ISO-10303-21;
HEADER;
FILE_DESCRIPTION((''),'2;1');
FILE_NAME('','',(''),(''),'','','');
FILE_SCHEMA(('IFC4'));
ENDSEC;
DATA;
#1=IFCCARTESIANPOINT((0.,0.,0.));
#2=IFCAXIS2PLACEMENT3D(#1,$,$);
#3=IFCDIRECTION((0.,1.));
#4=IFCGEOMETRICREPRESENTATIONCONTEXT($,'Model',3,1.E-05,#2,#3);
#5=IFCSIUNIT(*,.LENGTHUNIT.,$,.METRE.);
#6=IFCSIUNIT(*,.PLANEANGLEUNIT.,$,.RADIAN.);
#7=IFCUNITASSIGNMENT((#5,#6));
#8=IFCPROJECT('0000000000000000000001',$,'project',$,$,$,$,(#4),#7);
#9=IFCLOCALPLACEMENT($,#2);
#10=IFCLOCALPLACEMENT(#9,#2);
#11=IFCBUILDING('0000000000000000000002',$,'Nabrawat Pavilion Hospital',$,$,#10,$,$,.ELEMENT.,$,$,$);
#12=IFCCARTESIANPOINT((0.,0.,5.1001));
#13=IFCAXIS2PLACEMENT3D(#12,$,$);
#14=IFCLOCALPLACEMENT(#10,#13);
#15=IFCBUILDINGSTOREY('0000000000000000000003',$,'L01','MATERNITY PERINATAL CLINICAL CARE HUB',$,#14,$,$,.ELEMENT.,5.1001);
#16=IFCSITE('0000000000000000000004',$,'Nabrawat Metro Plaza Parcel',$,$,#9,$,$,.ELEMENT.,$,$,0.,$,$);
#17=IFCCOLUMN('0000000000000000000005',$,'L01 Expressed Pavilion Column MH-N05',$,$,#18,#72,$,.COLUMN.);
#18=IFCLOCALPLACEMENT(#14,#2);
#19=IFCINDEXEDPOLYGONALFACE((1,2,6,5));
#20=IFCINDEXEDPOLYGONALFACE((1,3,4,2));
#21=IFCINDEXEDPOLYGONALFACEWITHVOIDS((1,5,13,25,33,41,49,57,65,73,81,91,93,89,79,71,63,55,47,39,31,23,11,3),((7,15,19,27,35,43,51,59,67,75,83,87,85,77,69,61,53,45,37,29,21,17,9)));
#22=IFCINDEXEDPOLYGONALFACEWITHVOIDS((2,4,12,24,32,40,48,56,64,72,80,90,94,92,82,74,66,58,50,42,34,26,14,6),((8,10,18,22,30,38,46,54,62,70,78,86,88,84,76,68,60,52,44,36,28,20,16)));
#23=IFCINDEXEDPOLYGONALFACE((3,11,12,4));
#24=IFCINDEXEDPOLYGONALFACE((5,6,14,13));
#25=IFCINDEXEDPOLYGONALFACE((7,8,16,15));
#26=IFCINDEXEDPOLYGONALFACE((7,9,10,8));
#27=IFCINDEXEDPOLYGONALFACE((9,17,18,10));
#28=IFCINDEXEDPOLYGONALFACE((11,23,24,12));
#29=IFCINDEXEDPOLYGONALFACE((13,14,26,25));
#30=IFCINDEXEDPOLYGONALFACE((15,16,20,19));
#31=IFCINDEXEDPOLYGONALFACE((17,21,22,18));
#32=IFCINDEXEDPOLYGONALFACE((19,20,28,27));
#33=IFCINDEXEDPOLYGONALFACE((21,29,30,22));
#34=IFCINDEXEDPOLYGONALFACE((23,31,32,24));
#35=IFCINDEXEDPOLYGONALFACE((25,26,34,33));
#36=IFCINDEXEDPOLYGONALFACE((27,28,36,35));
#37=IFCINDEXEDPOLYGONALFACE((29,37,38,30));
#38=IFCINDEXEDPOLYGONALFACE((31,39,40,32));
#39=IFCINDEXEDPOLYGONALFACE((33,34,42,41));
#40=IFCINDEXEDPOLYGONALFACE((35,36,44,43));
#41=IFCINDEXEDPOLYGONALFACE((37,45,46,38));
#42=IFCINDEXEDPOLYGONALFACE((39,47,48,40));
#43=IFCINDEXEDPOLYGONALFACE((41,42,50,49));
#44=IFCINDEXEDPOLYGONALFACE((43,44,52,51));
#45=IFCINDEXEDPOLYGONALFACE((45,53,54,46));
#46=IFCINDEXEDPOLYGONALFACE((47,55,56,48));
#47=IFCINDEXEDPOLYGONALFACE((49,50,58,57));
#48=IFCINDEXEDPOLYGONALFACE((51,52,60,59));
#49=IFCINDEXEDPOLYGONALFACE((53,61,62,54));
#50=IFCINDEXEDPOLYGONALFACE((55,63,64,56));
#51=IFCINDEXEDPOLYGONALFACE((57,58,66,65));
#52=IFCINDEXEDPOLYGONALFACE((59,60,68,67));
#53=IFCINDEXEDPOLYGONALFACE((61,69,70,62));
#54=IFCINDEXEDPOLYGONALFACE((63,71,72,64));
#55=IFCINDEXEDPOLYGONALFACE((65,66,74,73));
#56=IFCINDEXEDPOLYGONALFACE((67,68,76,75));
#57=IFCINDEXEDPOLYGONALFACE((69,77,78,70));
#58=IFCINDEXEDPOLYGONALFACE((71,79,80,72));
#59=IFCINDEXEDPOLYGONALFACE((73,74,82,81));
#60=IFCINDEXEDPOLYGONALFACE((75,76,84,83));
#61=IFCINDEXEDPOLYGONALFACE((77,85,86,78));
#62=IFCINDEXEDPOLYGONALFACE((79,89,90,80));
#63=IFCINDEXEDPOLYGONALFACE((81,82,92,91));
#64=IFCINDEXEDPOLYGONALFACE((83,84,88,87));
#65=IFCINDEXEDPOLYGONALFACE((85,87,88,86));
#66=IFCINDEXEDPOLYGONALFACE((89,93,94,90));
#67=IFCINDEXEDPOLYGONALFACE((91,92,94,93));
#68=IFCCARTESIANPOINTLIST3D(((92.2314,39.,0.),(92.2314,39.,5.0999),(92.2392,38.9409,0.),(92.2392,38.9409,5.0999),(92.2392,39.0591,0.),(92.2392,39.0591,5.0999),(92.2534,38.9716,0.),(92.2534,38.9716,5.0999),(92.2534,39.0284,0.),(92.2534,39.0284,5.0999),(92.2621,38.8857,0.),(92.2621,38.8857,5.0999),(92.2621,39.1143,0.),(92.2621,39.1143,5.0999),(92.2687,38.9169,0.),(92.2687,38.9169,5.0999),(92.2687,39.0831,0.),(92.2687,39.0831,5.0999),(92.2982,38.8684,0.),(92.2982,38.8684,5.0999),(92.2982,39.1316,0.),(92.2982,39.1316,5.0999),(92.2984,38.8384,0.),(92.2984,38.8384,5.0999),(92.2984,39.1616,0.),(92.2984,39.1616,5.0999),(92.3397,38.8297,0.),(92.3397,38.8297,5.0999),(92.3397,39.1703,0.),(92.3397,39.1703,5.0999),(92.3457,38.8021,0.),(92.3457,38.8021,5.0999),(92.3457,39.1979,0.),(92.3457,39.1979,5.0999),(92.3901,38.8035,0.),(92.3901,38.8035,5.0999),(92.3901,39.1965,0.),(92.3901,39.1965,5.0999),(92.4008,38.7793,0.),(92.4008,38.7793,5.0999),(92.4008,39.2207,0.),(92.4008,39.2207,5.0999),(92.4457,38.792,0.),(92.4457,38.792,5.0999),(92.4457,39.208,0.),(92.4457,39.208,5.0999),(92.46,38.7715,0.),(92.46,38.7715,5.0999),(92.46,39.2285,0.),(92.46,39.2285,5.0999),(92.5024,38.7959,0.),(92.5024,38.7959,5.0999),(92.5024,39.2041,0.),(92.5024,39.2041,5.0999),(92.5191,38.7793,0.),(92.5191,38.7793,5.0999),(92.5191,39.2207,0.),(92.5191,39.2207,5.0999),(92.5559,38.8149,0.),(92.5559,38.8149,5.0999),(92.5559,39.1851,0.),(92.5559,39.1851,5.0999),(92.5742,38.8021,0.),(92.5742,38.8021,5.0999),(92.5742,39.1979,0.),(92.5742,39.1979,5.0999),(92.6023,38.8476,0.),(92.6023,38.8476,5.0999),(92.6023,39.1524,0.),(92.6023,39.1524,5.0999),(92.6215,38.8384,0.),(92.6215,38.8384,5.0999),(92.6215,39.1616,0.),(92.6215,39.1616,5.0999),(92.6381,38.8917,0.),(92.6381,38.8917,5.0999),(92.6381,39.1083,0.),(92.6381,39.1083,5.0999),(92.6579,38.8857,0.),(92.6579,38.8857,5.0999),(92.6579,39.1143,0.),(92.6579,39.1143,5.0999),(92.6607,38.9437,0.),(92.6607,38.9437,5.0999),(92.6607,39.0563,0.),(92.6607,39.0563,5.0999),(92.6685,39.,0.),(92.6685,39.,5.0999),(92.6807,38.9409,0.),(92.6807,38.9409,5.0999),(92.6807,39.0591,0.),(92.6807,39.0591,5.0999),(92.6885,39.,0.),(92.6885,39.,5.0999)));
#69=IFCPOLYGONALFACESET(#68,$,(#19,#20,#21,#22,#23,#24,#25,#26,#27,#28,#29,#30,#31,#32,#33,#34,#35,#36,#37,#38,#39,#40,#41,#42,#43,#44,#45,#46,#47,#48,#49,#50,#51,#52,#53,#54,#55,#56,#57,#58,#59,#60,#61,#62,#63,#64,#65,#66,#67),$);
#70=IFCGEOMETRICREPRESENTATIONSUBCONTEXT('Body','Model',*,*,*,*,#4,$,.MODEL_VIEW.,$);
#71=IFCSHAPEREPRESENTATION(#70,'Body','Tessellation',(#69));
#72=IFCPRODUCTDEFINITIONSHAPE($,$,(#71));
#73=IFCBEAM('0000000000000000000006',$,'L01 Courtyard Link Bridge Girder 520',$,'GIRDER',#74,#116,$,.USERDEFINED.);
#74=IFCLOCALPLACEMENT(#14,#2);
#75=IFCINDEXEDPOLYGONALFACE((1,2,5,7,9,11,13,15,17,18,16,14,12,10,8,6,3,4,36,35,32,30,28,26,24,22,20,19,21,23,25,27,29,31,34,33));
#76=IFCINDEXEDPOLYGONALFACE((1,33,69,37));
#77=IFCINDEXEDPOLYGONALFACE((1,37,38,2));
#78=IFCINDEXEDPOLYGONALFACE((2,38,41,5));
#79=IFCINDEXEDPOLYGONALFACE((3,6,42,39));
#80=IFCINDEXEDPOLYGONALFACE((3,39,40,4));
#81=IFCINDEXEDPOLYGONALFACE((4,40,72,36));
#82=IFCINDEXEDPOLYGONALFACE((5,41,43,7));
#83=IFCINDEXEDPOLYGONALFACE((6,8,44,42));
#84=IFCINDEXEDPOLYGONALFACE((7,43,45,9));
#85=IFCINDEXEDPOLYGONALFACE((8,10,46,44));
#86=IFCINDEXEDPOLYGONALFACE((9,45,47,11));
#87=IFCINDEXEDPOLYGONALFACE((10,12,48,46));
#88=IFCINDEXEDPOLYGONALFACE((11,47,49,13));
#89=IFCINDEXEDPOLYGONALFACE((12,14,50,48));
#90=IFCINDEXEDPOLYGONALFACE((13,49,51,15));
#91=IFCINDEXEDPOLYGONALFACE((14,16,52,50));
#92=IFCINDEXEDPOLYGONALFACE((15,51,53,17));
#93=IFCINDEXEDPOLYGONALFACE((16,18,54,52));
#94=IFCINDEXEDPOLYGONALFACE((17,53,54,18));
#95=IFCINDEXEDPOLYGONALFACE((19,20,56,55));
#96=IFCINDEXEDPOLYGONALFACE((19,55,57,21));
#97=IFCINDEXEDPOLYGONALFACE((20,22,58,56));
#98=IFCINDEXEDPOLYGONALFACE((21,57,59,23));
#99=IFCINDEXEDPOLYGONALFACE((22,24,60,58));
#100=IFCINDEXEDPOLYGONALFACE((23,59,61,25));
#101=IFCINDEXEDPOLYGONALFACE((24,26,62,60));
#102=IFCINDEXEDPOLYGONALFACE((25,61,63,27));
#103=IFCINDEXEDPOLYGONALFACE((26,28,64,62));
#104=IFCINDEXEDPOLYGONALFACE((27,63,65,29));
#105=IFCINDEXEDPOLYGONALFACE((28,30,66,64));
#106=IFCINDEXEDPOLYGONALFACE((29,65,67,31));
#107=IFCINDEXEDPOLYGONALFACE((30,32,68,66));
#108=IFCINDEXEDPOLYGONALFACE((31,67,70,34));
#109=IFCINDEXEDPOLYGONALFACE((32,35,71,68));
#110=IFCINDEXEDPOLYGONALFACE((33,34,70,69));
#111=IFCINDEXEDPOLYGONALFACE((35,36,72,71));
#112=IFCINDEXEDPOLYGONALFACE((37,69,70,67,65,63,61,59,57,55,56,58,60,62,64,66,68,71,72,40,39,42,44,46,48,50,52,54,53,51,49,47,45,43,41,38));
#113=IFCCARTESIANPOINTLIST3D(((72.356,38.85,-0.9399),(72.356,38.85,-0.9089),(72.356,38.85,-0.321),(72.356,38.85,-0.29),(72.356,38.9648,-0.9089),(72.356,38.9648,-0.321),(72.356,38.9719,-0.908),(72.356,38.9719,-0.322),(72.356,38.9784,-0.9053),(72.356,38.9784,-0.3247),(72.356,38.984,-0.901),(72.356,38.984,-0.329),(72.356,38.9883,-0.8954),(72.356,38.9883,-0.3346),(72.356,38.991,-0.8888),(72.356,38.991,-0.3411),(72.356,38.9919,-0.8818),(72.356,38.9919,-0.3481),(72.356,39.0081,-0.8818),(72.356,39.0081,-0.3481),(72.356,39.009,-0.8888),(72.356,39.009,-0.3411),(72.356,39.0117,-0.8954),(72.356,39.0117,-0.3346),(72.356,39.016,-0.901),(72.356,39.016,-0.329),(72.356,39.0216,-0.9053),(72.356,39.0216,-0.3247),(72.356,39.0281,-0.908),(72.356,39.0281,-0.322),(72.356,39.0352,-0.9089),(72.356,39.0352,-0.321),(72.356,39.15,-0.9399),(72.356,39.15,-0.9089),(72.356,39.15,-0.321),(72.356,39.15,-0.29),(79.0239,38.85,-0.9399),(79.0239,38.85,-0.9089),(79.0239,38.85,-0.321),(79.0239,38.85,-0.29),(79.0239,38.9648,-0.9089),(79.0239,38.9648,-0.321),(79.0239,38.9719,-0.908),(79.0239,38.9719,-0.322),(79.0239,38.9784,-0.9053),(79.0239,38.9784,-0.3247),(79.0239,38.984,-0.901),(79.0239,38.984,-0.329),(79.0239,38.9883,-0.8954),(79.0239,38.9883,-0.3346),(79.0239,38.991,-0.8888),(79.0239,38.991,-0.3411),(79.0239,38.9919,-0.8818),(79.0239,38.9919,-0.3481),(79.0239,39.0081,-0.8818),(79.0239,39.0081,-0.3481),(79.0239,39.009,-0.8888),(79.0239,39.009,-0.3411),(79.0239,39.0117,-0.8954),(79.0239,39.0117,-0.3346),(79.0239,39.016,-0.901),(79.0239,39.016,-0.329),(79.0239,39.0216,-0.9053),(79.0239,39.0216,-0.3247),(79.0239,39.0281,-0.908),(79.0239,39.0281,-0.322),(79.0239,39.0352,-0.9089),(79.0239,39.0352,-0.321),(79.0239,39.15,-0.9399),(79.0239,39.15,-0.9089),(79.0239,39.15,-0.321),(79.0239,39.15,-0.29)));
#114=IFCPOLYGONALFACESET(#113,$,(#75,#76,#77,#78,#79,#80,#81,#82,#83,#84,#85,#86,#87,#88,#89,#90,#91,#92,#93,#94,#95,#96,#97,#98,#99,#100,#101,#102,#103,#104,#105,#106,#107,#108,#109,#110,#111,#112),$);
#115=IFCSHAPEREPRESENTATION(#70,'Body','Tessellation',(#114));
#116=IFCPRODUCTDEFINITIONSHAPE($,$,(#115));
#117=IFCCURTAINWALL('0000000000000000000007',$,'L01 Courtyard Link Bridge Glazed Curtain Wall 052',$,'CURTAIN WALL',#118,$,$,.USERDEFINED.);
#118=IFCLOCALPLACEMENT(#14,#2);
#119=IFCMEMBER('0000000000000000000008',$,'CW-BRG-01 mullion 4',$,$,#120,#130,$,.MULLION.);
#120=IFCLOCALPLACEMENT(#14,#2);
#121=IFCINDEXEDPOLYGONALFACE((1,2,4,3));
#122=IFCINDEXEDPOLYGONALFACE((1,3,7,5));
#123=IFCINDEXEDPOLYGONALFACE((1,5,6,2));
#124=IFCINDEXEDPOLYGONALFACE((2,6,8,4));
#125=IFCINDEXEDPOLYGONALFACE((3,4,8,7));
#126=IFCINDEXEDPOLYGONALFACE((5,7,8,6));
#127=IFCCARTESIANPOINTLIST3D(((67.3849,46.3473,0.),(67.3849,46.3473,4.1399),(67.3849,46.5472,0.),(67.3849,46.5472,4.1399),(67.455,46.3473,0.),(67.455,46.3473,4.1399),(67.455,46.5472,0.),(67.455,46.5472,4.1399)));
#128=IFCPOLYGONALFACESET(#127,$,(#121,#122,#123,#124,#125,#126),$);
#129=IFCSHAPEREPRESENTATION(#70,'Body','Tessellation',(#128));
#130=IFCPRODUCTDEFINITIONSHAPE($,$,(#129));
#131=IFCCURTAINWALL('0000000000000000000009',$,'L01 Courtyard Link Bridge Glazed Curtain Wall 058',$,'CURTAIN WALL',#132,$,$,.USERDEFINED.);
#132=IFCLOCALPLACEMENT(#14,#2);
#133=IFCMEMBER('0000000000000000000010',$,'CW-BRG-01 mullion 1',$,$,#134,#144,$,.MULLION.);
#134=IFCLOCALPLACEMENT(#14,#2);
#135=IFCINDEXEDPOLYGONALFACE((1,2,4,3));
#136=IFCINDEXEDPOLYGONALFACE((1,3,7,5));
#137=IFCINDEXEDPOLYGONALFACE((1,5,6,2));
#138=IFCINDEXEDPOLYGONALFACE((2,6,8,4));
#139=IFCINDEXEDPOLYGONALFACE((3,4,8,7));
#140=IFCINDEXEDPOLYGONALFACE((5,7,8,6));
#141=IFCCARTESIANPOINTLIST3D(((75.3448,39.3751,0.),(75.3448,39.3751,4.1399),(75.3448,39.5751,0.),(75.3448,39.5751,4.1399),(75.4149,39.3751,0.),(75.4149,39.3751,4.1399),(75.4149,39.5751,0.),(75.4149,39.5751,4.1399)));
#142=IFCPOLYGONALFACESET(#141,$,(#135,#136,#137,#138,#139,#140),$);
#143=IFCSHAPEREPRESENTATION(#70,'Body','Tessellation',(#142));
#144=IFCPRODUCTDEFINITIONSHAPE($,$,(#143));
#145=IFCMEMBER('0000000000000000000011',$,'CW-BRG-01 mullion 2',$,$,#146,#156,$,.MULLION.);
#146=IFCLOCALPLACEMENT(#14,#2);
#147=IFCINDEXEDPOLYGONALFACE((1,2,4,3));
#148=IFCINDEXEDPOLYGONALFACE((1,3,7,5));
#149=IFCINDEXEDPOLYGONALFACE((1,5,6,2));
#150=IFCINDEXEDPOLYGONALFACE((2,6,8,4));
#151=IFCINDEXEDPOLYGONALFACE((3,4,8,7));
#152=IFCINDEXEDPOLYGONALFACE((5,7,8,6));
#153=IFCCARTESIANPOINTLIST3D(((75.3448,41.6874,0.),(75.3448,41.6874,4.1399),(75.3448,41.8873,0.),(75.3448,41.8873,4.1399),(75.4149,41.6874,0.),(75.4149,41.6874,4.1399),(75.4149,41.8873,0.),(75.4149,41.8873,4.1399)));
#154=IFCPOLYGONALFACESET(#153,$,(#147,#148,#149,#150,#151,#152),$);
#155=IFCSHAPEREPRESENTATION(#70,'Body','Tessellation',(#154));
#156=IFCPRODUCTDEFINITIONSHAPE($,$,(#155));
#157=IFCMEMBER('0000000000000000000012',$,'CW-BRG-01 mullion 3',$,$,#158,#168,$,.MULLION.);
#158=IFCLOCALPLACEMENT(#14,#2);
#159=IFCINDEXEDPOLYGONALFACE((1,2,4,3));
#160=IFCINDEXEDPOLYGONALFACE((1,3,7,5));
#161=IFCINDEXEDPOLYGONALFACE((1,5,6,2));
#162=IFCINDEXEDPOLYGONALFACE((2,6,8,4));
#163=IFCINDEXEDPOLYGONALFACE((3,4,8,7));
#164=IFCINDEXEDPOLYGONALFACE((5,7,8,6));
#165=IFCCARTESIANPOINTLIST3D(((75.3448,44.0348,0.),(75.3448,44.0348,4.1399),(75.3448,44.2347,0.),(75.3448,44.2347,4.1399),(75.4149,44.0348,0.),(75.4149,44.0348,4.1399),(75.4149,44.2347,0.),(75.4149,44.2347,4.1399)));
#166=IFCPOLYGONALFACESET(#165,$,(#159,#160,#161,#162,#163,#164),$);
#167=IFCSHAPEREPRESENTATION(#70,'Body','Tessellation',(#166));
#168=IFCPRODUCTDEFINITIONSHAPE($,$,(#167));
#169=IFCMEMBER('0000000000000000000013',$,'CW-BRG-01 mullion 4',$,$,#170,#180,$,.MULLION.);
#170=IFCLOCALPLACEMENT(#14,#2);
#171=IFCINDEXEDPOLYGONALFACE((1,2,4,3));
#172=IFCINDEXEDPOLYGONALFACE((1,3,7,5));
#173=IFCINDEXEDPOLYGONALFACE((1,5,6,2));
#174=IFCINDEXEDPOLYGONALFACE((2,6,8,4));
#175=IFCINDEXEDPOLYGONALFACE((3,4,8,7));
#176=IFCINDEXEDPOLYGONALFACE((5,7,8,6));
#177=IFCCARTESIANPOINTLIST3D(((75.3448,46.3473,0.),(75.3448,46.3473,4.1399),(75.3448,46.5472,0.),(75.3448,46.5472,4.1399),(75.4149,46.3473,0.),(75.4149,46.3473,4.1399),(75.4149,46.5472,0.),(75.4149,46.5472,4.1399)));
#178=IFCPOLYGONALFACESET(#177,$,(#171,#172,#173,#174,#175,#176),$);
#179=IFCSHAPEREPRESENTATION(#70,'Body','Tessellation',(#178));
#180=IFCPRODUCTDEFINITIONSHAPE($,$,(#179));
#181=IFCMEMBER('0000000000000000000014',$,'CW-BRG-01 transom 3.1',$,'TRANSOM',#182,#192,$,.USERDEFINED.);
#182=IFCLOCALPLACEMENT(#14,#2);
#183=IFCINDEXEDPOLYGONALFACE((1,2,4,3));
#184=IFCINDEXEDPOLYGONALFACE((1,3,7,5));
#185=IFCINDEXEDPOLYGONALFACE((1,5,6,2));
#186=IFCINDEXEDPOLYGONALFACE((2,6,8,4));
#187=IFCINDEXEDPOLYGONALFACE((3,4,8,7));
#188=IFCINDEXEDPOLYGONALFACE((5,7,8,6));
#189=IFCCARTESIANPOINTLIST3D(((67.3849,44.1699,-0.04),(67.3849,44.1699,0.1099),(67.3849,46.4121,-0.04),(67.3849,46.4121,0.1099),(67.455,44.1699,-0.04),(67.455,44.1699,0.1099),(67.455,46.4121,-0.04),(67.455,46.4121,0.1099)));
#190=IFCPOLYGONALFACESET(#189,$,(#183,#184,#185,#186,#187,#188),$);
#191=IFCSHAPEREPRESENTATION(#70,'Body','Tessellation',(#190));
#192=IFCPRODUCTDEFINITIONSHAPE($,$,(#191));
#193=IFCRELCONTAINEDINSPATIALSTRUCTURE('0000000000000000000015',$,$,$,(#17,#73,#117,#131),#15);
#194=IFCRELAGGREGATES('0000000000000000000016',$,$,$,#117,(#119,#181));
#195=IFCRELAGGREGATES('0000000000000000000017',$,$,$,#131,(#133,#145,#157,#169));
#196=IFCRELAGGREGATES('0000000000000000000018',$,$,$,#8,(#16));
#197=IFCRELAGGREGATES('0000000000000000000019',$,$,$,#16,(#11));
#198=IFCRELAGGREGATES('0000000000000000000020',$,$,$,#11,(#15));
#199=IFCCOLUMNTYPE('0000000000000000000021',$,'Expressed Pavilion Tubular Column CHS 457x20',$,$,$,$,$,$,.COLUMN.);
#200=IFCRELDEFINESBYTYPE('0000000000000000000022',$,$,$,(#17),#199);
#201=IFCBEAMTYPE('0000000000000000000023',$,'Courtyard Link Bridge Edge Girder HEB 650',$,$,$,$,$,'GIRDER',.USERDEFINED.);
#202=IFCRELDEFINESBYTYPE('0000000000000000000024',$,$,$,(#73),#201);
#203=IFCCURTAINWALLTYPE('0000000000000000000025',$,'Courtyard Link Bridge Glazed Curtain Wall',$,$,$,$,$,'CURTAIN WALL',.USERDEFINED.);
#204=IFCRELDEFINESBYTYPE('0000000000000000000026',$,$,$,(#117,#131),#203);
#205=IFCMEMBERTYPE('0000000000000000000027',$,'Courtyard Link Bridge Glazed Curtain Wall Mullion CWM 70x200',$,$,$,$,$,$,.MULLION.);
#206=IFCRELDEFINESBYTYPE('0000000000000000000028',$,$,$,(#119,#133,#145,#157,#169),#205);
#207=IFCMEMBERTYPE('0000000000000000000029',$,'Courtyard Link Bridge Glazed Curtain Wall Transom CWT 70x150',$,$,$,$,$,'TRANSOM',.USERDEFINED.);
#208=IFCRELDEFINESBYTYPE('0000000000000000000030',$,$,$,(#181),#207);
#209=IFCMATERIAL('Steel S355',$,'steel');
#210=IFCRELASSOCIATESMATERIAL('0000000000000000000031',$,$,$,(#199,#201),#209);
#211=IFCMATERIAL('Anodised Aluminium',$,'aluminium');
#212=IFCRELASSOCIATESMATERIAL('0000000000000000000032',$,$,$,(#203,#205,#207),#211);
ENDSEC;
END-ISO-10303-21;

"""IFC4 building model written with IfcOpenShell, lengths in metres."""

from ifc_helpers import new_model, si_unit, direction, frame, origin, origin_2d, place, context, subcontext, project, spatial, rectangle, hollow_circle, i_section, extrude, material, material_profile, profile_set, type_object, element, aggregate, save


model = new_model("IFC4")

# Units and contexts
model_context = context("Model", 3, precision=1e-05, world=origin(), true_north=direction((0.0, 1.0)))
body_context = subcontext(model_context, "Body", "Model", "MODEL_VIEW")
ifc_project = project(units=[si_unit("LENGTHUNIT", "METRE"), si_unit("PLANEANGLEUNIT", "RADIAN")], contexts=[model_context])

# Site, building, storey
site_placement = place(None, origin())
site = spatial("IfcSite", under=ifc_project, at=site_placement, Name="Nabrawat Metro Plaza Parcel", CompositionType="ELEMENT", RefElevation=0.0)
building_placement = place(site_placement, origin())
building = spatial("IfcBuilding", under=site, at=building_placement, Name="Nabrawat Pavilion Hospital", CompositionType="ELEMENT")
storey_placement = place(building_placement, frame((0.0, 0.0, 5.1001)))
storey = spatial("IfcBuildingStorey", under=building, at=storey_placement, Name="L01", Description="MATERNITY PERINATAL CLINICAL CARE HUB", CompositionType="ELEMENT", Elevation=5.1001)

# Column
ifc_material_1 = material(Name="Steel S355", Category="steel")
ifc_material_profile_1 = material_profile(ifc_material_1, hollow_circle(Radius=0.2285, WallThickness=0.02, at=origin_2d()), Name="CHS 457x20")
ifc_profile_set_1 = profile_set([ifc_material_profile_1], Name="Steel S355")
column_type = type_object("IfcColumnType", Name="Expressed Pavilion Tubular Column CHS 457x20", PredefinedType="COLUMN", material=ifc_profile_set_1)
for number, where, z_axis, x_axis, name in (
    (1, (92.46, 39.0, 0.0), (0.0, 0.0, 1.0), (1.0, 0.0, 0.0), "L01 Expressed Pavilion Column MH-N05"),
):
    element("IfcColumn", number, at=place(storey_placement, frame(where, z_axis=z_axis, x_axis=x_axis)), inside=storey, type_object=column_type, Name=name, PredefinedType="COLUMN", context=body_context, shape_type="SweptSolid", body=[
        extrude(hollow_circle(Radius=0.2285, WallThickness=0.02, at=origin_2d()), origin(), (0.0, 0.0, 1.0), 5.0999),
    ])

# Beam
ifc_material_profile_2 = material_profile(ifc_material_1, i_section(OverallWidth=0.3, OverallDepth=0.6499, WebThickness=0.0161, FlangeThickness=0.031, FilletRadius=0.0271, at=origin_2d()), Name="HEB 650")
ifc_profile_set_2 = profile_set([ifc_material_profile_2], Name="Steel S355")
beam_type_1 = type_object("IfcBeamType", Name="Courtyard Link Bridge Edge Girder HEB 650", ElementType="GIRDER", PredefinedType="USERDEFINED", material=ifc_profile_set_2)
beam_placement = place(storey_placement, frame((72.356, 39.0, -0.615), z_axis=(1.0, 0.0, 0.0), x_axis=(0.0, 1.0, 0.0)))
element("IfcBeam", 2, at=beam_placement, inside=storey, type_object=beam_type_1, Name="L01 Courtyard Link Bridge Girder 520", ObjectType="GIRDER", PredefinedType="USERDEFINED", context=body_context, shape_type="SweptSolid", body=[
    extrude(i_section(OverallWidth=0.3, OverallDepth=0.6499, WebThickness=0.0161, FlangeThickness=0.031, FilletRadius=0.0271, at=origin_2d()), origin(), (0.0, 0.0, 1.0), 6.668),
])

# Curtain wall, member
ifc_material_2 = material(Name="Anodised Aluminium", Category="aluminium")
curtain_wall_type_1 = type_object("IfcCurtainWallType", Name="Courtyard Link Bridge Glazed Curtain Wall", ElementType="CURTAIN WALL", PredefinedType="USERDEFINED", material=ifc_material_2)
curtain_wall_1_placement = place(storey_placement, origin())
curtain_wall_1 = element("IfcCurtainWall", 3, at=curtain_wall_1_placement, inside=storey, type_object=curtain_wall_type_1, Name="L01 Courtyard Link Bridge Glazed Curtain Wall 052", ObjectType="CURTAIN WALL", PredefinedType="USERDEFINED")
ifc_material_profile_3 = material_profile(ifc_material_2, rectangle(XDim=0.0701, YDim=0.2, at=origin_2d()), Name="CWM 70x200")
ifc_profile_set_3 = profile_set([ifc_material_profile_3], Name="Anodised Aluminium")
member_type_1 = type_object("IfcMemberType", Name="Courtyard Link Bridge Glazed Curtain Wall Mullion CWM 70x200", PredefinedType="MULLION", material=ifc_profile_set_3)
member_1_placement = place(storey_placement, frame((67.4199, 46.4473, 0.0), z_axis=(0.0, 0.0, 1.0), x_axis=(-1.0, 0.0, 0.0)))
member_1 = element("IfcMember", 4, at=member_1_placement, type_object=member_type_1, Name="CW-BRG-01 mullion 4", PredefinedType="MULLION", context=body_context, shape_type="SweptSolid", body=[
    extrude(rectangle(XDim=0.0701, YDim=0.2, at=origin_2d()), origin(), (0.0, 0.0, 1.0), 4.1399),
])

# Curtain wall, members
curtain_wall_2_placement = place(storey_placement, origin())
curtain_wall_2 = element("IfcCurtainWall", 5, at=curtain_wall_2_placement, inside=storey, type_object=curtain_wall_type_1, Name="L01 Courtyard Link Bridge Glazed Curtain Wall 058", ObjectType="CURTAIN WALL", PredefinedType="USERDEFINED")
member_2_placement = place(storey_placement, frame((75.3799, 39.4751, 0.0), z_axis=(0.0, 0.0, 1.0), x_axis=(-1.0, 0.0, 0.0)))
member_2 = element("IfcMember", 6, at=member_2_placement, type_object=member_type_1, Name="CW-BRG-01 mullion 1", PredefinedType="MULLION", context=body_context, shape_type="SweptSolid", body=[
    extrude(rectangle(XDim=0.0701, YDim=0.2, at=origin_2d()), origin(), (0.0, 0.0, 1.0), 4.1399),
])
member_3_placement = place(storey_placement, frame((75.3799, 41.7874, 0.0), z_axis=(0.0, 0.0, 1.0), x_axis=(-1.0, 0.0, 0.0)))
member_3 = element("IfcMember", 7, at=member_3_placement, type_object=member_type_1, Name="CW-BRG-01 mullion 2", PredefinedType="MULLION", context=body_context, shape_type="SweptSolid", body=[
    extrude(rectangle(XDim=0.0701, YDim=0.2, at=origin_2d()), origin(), (0.0, 0.0, 1.0), 4.1399),
])
member_4_placement = place(storey_placement, frame((75.3799, 44.1348, 0.0), z_axis=(0.0, 0.0, 1.0), x_axis=(-1.0, 0.0, 0.0)))
member_4 = element("IfcMember", 8, at=member_4_placement, type_object=member_type_1, Name="CW-BRG-01 mullion 3", PredefinedType="MULLION", context=body_context, shape_type="SweptSolid", body=[
    extrude(rectangle(XDim=0.0701, YDim=0.2, at=origin_2d()), origin(), (0.0, 0.0, 1.0), 4.1399),
])
member_5_placement = place(storey_placement, frame((75.3799, 46.4473, 0.0), z_axis=(0.0, 0.0, 1.0), x_axis=(-1.0, 0.0, 0.0)))
member_5 = element("IfcMember", 9, at=member_5_placement, type_object=member_type_1, Name="CW-BRG-01 mullion 4", PredefinedType="MULLION", context=body_context, shape_type="SweptSolid", body=[
    extrude(rectangle(XDim=0.0701, YDim=0.2, at=origin_2d()), origin(), (0.0, 0.0, 1.0), 4.1399),
])

# Member
ifc_material_profile_4 = material_profile(ifc_material_2, rectangle(XDim=0.0701, YDim=0.1499, at=origin_2d()), Name="CWT 70x150")
ifc_profile_set_4 = profile_set([ifc_material_profile_4], Name="Anodised Aluminium")
member_type_2 = type_object("IfcMemberType", Name="Courtyard Link Bridge Glazed Curtain Wall Transom CWT 70x150", ElementType="TRANSOM", PredefinedType="USERDEFINED", material=ifc_profile_set_4)
member_6_placement = place(storey_placement, frame((67.4199, 44.1699, 0.0349), z_axis=(0.0, 1.0, 0.0), x_axis=(-1.0, 0.0, 0.0)))
member_6 = element("IfcMember", 10, at=member_6_placement, type_object=member_type_2, Name="CW-BRG-01 transom 3.1", ObjectType="TRANSOM", PredefinedType="USERDEFINED", context=body_context, shape_type="SweptSolid", body=[
    extrude(rectangle(XDim=0.0701, YDim=0.1499, at=origin_2d()), origin(), (0.0, 0.0, 1.0), 2.2422),
])

aggregate(curtain_wall_1, [member_1, member_6])
aggregate(curtain_wall_2, [member_2, member_3, member_4, member_5])

save(model, "model.ifc")
